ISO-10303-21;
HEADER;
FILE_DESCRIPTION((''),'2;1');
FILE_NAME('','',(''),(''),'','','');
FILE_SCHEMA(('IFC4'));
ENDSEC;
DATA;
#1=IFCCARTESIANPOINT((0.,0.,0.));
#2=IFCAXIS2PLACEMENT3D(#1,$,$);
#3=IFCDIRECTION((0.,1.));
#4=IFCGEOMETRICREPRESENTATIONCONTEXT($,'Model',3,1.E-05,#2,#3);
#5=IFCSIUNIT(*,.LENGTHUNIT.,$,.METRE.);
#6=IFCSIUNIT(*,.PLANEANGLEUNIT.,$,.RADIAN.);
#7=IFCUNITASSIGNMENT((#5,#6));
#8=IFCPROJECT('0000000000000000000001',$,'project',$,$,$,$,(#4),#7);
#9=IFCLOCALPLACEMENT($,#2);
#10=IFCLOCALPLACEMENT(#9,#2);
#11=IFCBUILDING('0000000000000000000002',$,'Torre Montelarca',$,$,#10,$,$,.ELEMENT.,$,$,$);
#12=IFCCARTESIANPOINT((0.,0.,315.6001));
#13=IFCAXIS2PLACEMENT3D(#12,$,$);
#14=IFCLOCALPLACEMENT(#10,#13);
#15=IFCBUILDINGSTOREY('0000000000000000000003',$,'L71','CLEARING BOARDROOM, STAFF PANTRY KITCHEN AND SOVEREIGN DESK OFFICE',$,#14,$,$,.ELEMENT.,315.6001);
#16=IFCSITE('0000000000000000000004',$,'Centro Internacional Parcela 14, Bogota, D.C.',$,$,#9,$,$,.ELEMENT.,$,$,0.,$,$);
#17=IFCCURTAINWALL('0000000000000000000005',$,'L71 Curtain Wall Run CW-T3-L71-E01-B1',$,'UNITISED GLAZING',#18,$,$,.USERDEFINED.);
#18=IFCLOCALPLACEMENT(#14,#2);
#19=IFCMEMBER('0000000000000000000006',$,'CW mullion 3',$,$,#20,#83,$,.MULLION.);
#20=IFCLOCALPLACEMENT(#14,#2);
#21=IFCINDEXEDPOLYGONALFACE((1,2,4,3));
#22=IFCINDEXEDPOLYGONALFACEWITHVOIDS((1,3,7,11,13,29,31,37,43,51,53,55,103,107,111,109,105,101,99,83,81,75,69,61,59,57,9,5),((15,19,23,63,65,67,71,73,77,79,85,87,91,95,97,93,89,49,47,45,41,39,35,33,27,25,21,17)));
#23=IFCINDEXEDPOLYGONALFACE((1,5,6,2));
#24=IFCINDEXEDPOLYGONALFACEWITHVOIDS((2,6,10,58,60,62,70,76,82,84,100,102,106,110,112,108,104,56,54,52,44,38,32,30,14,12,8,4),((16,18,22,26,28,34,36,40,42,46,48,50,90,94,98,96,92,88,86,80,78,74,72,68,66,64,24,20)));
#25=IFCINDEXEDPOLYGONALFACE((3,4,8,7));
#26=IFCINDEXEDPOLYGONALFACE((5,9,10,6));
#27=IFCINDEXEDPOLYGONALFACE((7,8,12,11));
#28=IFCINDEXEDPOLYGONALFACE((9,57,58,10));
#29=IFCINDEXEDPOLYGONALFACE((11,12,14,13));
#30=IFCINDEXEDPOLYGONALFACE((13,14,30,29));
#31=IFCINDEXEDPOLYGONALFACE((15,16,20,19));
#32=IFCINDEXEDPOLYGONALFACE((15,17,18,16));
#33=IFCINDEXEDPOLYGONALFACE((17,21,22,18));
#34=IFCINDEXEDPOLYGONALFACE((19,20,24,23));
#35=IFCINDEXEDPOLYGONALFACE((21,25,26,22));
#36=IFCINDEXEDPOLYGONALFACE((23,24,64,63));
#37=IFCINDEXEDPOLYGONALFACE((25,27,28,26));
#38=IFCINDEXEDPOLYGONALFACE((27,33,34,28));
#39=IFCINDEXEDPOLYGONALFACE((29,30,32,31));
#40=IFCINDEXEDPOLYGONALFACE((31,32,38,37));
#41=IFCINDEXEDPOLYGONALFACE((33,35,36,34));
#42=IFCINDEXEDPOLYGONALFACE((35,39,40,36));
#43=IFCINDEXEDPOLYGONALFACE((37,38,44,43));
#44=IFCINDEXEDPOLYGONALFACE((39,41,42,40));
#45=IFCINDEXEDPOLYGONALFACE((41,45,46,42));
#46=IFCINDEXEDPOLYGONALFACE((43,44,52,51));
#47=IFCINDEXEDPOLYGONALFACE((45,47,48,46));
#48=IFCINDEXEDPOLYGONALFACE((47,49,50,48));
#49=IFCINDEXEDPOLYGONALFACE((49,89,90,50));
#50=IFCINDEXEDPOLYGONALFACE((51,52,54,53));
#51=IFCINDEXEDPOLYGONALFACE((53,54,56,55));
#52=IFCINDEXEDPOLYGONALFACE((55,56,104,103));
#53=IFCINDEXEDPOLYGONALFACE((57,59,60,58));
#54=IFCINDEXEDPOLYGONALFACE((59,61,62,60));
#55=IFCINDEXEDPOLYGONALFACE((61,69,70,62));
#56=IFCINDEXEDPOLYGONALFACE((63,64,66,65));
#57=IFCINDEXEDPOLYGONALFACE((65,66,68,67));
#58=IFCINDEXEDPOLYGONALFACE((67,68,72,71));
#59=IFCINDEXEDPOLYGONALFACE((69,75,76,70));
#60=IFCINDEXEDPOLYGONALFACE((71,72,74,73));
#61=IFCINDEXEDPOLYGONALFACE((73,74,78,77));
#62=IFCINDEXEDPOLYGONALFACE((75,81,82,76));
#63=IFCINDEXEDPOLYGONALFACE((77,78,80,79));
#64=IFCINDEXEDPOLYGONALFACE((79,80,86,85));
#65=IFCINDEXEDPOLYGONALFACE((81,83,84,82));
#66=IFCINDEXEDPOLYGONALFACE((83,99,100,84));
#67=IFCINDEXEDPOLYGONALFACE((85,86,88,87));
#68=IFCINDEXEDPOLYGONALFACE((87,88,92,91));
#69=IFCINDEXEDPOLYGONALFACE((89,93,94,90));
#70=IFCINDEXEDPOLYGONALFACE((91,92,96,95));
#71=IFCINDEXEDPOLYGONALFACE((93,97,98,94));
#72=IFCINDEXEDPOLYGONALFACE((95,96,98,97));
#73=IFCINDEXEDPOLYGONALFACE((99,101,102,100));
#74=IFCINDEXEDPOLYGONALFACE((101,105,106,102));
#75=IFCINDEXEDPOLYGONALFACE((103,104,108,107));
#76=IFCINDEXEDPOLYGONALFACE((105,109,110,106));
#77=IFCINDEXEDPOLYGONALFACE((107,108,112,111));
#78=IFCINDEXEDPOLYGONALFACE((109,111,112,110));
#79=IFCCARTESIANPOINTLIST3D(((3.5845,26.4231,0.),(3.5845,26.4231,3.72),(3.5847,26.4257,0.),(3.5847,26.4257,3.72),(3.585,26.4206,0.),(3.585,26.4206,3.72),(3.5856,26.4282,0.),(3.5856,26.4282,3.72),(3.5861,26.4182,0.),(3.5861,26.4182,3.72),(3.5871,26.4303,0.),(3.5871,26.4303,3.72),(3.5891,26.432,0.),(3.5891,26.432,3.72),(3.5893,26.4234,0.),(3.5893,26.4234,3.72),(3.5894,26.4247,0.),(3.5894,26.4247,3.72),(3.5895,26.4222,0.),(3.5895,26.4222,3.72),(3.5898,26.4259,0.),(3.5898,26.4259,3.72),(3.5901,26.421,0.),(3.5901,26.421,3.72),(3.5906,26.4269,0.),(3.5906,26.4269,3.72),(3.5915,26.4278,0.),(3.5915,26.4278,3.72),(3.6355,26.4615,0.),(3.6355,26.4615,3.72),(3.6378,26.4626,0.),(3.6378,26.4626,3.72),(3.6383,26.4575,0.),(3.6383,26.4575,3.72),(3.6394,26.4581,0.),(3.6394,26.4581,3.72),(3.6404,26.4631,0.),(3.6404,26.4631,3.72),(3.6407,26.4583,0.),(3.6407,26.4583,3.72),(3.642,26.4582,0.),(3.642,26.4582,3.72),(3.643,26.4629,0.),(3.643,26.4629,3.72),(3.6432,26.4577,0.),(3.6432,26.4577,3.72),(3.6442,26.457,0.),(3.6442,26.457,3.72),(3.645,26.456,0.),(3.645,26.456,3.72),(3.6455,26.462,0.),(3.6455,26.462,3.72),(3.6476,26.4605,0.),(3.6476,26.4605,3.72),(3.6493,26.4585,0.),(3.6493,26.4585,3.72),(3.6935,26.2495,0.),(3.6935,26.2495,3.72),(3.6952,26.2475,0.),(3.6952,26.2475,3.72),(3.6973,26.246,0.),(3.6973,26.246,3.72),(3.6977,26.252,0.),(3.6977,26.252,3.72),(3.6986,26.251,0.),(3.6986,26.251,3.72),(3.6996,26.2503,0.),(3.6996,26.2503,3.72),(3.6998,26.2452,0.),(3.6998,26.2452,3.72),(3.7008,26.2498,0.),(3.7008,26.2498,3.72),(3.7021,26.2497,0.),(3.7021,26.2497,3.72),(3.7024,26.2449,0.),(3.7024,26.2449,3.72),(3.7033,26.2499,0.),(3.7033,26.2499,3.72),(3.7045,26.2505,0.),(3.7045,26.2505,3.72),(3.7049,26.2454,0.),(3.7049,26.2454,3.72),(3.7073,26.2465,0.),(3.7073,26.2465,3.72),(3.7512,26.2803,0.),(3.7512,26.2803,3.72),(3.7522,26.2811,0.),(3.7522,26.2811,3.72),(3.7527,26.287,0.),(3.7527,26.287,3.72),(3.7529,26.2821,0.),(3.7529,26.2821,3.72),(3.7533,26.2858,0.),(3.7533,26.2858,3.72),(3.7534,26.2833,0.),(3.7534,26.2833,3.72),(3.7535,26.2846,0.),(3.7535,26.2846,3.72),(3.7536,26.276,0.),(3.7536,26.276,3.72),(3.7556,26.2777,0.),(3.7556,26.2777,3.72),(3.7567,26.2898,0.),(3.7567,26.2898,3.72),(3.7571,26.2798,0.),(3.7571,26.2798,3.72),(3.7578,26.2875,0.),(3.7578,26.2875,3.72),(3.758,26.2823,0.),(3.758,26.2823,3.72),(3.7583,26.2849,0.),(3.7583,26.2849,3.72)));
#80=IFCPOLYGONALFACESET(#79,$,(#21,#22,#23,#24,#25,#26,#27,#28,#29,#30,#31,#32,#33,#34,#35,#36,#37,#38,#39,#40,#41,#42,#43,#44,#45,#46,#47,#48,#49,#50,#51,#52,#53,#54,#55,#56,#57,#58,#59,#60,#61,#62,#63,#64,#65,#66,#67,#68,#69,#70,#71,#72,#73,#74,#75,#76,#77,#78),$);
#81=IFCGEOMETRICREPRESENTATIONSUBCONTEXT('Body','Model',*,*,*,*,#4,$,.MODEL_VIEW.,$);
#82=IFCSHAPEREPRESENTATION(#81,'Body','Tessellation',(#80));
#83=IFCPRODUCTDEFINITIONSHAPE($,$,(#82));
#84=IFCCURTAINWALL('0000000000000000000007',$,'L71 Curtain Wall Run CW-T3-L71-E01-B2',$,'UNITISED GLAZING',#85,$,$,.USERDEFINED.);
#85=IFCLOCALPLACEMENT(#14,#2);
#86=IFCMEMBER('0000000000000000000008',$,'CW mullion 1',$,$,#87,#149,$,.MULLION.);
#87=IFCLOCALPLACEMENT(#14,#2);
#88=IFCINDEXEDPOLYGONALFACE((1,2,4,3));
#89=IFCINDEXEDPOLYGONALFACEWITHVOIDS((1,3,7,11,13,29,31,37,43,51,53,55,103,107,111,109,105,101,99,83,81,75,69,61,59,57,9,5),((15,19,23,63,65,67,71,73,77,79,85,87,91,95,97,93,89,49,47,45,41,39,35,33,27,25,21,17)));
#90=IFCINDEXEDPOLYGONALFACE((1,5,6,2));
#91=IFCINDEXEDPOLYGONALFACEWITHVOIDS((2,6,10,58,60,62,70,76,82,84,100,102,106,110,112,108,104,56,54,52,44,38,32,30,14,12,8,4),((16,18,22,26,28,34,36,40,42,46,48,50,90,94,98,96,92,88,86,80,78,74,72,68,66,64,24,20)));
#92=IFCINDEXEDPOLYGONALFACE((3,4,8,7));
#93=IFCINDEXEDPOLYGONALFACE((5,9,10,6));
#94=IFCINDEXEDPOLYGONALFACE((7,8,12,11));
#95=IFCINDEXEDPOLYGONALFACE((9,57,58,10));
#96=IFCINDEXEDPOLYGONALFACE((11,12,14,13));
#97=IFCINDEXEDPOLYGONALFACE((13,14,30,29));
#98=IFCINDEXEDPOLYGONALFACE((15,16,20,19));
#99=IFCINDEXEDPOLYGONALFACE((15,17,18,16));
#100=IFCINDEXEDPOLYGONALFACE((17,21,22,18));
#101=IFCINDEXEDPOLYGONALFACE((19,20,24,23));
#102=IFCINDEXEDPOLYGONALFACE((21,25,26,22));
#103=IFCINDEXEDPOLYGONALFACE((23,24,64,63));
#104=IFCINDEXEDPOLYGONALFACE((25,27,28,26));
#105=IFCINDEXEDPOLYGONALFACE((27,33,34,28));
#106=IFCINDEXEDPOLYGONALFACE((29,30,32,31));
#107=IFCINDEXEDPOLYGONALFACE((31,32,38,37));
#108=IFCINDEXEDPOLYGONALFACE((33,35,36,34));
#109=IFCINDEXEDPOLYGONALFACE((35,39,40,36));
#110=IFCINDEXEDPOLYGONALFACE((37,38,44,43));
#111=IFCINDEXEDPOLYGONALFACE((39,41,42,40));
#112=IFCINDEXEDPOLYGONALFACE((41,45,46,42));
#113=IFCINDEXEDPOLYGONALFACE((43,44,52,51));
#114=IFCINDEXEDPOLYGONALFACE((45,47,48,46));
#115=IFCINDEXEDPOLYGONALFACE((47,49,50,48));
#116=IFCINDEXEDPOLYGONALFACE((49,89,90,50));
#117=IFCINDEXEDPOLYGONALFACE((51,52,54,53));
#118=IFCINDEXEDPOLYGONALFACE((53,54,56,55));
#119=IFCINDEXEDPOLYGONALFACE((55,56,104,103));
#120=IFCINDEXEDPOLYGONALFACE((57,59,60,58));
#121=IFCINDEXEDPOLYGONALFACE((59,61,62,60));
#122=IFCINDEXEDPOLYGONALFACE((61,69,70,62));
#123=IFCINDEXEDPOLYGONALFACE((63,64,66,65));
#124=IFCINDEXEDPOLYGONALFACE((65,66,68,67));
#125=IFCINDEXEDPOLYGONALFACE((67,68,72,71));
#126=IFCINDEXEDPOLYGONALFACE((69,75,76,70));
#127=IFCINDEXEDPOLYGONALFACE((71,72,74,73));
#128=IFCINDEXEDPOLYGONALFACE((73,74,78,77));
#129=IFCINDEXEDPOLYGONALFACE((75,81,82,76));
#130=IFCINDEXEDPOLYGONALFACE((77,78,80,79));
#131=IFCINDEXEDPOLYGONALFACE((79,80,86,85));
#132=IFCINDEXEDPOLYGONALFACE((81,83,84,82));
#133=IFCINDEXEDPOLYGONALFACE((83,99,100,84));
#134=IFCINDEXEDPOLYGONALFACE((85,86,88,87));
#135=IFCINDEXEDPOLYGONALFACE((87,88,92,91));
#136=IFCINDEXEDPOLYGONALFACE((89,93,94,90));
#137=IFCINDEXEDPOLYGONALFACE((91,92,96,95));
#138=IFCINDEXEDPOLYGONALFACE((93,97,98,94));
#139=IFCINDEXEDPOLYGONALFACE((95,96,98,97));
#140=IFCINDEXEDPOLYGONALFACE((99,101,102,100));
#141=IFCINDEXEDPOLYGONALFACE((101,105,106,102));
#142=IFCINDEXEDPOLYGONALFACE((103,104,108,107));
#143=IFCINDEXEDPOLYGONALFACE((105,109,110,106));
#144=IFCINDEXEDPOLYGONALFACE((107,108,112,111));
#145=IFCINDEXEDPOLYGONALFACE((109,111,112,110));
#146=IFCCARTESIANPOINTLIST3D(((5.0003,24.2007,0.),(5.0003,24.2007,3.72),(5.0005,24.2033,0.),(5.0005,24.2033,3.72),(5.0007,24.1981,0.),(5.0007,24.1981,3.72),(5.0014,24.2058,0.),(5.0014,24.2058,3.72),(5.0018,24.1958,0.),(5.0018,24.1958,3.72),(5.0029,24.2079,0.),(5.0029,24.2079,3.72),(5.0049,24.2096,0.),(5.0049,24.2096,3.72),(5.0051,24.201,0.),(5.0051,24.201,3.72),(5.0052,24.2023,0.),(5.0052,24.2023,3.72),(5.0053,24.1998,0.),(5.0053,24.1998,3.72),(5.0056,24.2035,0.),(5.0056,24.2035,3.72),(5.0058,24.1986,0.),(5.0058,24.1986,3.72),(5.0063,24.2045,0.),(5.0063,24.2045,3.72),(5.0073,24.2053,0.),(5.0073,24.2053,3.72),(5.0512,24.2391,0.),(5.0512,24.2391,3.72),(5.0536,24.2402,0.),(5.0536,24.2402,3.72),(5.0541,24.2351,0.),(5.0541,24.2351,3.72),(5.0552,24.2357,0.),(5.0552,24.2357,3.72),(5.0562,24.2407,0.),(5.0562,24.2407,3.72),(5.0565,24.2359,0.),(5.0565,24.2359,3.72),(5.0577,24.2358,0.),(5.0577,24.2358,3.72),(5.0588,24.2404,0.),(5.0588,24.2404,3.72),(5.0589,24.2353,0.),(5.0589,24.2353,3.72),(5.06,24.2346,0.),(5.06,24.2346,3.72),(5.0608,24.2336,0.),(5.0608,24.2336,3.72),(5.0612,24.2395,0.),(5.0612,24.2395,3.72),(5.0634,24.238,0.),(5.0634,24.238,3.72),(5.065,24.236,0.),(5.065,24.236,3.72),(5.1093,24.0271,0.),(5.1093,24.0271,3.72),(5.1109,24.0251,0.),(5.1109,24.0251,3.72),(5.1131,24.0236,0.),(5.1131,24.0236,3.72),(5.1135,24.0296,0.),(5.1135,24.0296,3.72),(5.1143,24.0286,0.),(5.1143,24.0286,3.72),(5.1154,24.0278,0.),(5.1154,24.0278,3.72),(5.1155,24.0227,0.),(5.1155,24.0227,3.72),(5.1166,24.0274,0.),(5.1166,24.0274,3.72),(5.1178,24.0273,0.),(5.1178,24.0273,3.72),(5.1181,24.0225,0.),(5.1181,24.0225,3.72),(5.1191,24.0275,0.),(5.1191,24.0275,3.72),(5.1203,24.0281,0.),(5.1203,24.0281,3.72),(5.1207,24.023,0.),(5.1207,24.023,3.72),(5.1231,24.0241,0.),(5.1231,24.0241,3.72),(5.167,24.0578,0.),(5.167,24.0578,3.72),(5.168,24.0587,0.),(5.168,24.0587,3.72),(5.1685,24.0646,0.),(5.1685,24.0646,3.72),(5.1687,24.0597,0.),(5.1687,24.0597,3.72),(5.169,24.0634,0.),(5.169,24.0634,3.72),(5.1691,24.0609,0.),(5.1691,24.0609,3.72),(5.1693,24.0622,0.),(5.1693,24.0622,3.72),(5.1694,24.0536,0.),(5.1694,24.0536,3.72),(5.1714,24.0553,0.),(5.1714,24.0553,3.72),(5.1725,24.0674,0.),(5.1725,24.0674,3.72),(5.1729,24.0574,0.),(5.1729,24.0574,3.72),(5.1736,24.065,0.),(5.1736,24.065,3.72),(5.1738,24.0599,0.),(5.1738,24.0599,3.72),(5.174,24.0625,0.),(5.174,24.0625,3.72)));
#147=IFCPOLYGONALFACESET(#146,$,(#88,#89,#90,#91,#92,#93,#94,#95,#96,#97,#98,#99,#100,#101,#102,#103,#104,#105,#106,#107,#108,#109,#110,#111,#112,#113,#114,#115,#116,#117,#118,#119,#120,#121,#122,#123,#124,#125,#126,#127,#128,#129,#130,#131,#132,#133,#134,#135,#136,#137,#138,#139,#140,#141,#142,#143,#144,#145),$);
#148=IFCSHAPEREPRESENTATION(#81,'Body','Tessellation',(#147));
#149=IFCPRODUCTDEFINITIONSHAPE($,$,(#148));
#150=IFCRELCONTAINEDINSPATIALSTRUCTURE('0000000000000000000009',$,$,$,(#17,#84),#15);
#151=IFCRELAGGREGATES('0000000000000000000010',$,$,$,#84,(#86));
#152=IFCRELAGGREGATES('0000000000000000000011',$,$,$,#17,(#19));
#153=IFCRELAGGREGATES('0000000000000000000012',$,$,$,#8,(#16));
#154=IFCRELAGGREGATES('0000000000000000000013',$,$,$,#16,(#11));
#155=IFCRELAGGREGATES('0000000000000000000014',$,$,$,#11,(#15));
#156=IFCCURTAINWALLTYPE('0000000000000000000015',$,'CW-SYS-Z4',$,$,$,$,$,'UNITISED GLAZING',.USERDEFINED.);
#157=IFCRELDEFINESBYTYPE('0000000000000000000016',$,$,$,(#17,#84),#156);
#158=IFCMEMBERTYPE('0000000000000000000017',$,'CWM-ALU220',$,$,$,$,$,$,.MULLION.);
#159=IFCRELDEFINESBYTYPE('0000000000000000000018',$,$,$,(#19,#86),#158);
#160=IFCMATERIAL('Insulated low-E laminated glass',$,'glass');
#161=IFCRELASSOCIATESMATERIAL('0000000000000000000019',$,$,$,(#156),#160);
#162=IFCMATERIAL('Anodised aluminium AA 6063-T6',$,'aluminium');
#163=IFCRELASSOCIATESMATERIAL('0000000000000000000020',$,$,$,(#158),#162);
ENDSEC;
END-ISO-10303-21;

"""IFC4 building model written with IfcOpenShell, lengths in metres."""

from ifc_helpers import new_model, si_unit, direction, frame, origin, origin_2d, place, context, subcontext, project, spatial, hollow_rectangle, extrude, source, transform, mapped, material, material_profile, profile_set, type_object, element, aggregate, save


model = new_model("IFC4")

# Units and contexts
model_context = context("Model", 3, precision=1e-05, world=origin(), true_north=direction((0.0, 1.0)))
body_context = subcontext(model_context, "Body", "Model", "MODEL_VIEW")
ifc_project = project(units=[si_unit("LENGTHUNIT", "METRE"), si_unit("PLANEANGLEUNIT", "RADIAN")], contexts=[model_context])

# Site, building, storey
site_placement = place(None, origin())
site = spatial("IfcSite", under=ifc_project, at=site_placement, Name="Centro Internacional Parcela 14, Bogota, D.C.", CompositionType="ELEMENT", RefElevation=0.0)
building_placement = place(site_placement, origin())
building = spatial("IfcBuilding", under=site, at=building_placement, Name="Torre Montelarca", CompositionType="ELEMENT")
storey_placement = place(building_placement, frame((0.0, 0.0, 315.6001)))
storey = spatial("IfcBuildingStorey", under=building, at=storey_placement, Name="L71", Description="CLEARING BOARDROOM, STAFF PANTRY KITCHEN AND SOVEREIGN DESK OFFICE", CompositionType="ELEMENT", Elevation=315.6001)

# Curtain wall, member
ifc_material_1 = material(Name="Insulated low-E laminated glass", Category="glass")
curtain_wall_type = type_object("IfcCurtainWallType", Name="CW-SYS-Z4", ElementType="UNITISED GLAZING", PredefinedType="USERDEFINED", material=ifc_material_1)
curtain_wall_1_placement = place(storey_placement, origin())
curtain_wall_1 = element("IfcCurtainWall", 1, at=curtain_wall_1_placement, inside=storey, type_object=curtain_wall_type, Name="L71 Curtain Wall Run CW-T3-L71-E01-B1", ObjectType="UNITISED GLAZING", PredefinedType="USERDEFINED")
ifc_material_2 = material(Name="Anodised aluminium AA 6063-T6", Category="aluminium")
ifc_material_profile_1 = material_profile(ifc_material_2, hollow_rectangle(XDim=0.075, YDim=0.22, WallThickness=0.0049, InnerFilletRadius=0.0049, OuterFilletRadius=0.01, at=origin_2d()), Name="ALU75X220X5", Category="aluminium")
ifc_profile_set_1 = profile_set([ifc_material_profile_1], Name="Anodised aluminium AA 6063-T6")
member_type_1 = type_object("IfcMemberType", Name="CWM-ALU220", PredefinedType="MULLION", material=ifc_profile_set_1)
shared_shape_1 = source(origin(), body_context, "Body", "SweptSolid", [
    extrude(hollow_rectangle(XDim=0.075, YDim=0.22, WallThickness=0.0049, InnerFilletRadius=0.0049, OuterFilletRadius=0.01, at=origin_2d()), origin(), (0.0, 0.0, 1.0), 3.72),
])
member_1_placement = place(storey_placement, frame((3.6714, 26.354, 0.0), z_axis=(0.0, 0.0, 1.0), x_axis=(0.84339, 0.537301, 0.0)))
member_1 = element("IfcMember", 2, at=member_1_placement, type_object=member_type_1, Name="CW mullion 3", PredefinedType="MULLION", context=body_context, shape_type="MappedRepresentation", body=[
    mapped(shared_shape_1, transform((0.0, 0.0, 0.0), scale=1.0)),
])

# Curtain wall, member
curtain_wall_2_placement = place(storey_placement, origin())
curtain_wall_2 = element("IfcCurtainWall", 3, at=curtain_wall_2_placement, inside=storey, type_object=curtain_wall_type, Name="L71 Curtain Wall Run CW-T3-L71-E01-B2", ObjectType="UNITISED GLAZING", PredefinedType="USERDEFINED")
member_2_placement = place(storey_placement, frame((5.0872, 24.1316, 0.0), z_axis=(0.0, 0.0, 1.0), x_axis=(0.84339, 0.537301, 0.0)))
member_2 = element("IfcMember", 4, at=member_2_placement, type_object=member_type_1, Name="CW mullion 1", PredefinedType="MULLION", context=body_context, shape_type="MappedRepresentation", body=[
    mapped(shared_shape_1, transform((0.0, 0.0, 0.0), scale=1.0)),
])

aggregate(curtain_wall_2, [member_2])

aggregate(curtain_wall_1, [member_1])

save(model, "model.ifc")
